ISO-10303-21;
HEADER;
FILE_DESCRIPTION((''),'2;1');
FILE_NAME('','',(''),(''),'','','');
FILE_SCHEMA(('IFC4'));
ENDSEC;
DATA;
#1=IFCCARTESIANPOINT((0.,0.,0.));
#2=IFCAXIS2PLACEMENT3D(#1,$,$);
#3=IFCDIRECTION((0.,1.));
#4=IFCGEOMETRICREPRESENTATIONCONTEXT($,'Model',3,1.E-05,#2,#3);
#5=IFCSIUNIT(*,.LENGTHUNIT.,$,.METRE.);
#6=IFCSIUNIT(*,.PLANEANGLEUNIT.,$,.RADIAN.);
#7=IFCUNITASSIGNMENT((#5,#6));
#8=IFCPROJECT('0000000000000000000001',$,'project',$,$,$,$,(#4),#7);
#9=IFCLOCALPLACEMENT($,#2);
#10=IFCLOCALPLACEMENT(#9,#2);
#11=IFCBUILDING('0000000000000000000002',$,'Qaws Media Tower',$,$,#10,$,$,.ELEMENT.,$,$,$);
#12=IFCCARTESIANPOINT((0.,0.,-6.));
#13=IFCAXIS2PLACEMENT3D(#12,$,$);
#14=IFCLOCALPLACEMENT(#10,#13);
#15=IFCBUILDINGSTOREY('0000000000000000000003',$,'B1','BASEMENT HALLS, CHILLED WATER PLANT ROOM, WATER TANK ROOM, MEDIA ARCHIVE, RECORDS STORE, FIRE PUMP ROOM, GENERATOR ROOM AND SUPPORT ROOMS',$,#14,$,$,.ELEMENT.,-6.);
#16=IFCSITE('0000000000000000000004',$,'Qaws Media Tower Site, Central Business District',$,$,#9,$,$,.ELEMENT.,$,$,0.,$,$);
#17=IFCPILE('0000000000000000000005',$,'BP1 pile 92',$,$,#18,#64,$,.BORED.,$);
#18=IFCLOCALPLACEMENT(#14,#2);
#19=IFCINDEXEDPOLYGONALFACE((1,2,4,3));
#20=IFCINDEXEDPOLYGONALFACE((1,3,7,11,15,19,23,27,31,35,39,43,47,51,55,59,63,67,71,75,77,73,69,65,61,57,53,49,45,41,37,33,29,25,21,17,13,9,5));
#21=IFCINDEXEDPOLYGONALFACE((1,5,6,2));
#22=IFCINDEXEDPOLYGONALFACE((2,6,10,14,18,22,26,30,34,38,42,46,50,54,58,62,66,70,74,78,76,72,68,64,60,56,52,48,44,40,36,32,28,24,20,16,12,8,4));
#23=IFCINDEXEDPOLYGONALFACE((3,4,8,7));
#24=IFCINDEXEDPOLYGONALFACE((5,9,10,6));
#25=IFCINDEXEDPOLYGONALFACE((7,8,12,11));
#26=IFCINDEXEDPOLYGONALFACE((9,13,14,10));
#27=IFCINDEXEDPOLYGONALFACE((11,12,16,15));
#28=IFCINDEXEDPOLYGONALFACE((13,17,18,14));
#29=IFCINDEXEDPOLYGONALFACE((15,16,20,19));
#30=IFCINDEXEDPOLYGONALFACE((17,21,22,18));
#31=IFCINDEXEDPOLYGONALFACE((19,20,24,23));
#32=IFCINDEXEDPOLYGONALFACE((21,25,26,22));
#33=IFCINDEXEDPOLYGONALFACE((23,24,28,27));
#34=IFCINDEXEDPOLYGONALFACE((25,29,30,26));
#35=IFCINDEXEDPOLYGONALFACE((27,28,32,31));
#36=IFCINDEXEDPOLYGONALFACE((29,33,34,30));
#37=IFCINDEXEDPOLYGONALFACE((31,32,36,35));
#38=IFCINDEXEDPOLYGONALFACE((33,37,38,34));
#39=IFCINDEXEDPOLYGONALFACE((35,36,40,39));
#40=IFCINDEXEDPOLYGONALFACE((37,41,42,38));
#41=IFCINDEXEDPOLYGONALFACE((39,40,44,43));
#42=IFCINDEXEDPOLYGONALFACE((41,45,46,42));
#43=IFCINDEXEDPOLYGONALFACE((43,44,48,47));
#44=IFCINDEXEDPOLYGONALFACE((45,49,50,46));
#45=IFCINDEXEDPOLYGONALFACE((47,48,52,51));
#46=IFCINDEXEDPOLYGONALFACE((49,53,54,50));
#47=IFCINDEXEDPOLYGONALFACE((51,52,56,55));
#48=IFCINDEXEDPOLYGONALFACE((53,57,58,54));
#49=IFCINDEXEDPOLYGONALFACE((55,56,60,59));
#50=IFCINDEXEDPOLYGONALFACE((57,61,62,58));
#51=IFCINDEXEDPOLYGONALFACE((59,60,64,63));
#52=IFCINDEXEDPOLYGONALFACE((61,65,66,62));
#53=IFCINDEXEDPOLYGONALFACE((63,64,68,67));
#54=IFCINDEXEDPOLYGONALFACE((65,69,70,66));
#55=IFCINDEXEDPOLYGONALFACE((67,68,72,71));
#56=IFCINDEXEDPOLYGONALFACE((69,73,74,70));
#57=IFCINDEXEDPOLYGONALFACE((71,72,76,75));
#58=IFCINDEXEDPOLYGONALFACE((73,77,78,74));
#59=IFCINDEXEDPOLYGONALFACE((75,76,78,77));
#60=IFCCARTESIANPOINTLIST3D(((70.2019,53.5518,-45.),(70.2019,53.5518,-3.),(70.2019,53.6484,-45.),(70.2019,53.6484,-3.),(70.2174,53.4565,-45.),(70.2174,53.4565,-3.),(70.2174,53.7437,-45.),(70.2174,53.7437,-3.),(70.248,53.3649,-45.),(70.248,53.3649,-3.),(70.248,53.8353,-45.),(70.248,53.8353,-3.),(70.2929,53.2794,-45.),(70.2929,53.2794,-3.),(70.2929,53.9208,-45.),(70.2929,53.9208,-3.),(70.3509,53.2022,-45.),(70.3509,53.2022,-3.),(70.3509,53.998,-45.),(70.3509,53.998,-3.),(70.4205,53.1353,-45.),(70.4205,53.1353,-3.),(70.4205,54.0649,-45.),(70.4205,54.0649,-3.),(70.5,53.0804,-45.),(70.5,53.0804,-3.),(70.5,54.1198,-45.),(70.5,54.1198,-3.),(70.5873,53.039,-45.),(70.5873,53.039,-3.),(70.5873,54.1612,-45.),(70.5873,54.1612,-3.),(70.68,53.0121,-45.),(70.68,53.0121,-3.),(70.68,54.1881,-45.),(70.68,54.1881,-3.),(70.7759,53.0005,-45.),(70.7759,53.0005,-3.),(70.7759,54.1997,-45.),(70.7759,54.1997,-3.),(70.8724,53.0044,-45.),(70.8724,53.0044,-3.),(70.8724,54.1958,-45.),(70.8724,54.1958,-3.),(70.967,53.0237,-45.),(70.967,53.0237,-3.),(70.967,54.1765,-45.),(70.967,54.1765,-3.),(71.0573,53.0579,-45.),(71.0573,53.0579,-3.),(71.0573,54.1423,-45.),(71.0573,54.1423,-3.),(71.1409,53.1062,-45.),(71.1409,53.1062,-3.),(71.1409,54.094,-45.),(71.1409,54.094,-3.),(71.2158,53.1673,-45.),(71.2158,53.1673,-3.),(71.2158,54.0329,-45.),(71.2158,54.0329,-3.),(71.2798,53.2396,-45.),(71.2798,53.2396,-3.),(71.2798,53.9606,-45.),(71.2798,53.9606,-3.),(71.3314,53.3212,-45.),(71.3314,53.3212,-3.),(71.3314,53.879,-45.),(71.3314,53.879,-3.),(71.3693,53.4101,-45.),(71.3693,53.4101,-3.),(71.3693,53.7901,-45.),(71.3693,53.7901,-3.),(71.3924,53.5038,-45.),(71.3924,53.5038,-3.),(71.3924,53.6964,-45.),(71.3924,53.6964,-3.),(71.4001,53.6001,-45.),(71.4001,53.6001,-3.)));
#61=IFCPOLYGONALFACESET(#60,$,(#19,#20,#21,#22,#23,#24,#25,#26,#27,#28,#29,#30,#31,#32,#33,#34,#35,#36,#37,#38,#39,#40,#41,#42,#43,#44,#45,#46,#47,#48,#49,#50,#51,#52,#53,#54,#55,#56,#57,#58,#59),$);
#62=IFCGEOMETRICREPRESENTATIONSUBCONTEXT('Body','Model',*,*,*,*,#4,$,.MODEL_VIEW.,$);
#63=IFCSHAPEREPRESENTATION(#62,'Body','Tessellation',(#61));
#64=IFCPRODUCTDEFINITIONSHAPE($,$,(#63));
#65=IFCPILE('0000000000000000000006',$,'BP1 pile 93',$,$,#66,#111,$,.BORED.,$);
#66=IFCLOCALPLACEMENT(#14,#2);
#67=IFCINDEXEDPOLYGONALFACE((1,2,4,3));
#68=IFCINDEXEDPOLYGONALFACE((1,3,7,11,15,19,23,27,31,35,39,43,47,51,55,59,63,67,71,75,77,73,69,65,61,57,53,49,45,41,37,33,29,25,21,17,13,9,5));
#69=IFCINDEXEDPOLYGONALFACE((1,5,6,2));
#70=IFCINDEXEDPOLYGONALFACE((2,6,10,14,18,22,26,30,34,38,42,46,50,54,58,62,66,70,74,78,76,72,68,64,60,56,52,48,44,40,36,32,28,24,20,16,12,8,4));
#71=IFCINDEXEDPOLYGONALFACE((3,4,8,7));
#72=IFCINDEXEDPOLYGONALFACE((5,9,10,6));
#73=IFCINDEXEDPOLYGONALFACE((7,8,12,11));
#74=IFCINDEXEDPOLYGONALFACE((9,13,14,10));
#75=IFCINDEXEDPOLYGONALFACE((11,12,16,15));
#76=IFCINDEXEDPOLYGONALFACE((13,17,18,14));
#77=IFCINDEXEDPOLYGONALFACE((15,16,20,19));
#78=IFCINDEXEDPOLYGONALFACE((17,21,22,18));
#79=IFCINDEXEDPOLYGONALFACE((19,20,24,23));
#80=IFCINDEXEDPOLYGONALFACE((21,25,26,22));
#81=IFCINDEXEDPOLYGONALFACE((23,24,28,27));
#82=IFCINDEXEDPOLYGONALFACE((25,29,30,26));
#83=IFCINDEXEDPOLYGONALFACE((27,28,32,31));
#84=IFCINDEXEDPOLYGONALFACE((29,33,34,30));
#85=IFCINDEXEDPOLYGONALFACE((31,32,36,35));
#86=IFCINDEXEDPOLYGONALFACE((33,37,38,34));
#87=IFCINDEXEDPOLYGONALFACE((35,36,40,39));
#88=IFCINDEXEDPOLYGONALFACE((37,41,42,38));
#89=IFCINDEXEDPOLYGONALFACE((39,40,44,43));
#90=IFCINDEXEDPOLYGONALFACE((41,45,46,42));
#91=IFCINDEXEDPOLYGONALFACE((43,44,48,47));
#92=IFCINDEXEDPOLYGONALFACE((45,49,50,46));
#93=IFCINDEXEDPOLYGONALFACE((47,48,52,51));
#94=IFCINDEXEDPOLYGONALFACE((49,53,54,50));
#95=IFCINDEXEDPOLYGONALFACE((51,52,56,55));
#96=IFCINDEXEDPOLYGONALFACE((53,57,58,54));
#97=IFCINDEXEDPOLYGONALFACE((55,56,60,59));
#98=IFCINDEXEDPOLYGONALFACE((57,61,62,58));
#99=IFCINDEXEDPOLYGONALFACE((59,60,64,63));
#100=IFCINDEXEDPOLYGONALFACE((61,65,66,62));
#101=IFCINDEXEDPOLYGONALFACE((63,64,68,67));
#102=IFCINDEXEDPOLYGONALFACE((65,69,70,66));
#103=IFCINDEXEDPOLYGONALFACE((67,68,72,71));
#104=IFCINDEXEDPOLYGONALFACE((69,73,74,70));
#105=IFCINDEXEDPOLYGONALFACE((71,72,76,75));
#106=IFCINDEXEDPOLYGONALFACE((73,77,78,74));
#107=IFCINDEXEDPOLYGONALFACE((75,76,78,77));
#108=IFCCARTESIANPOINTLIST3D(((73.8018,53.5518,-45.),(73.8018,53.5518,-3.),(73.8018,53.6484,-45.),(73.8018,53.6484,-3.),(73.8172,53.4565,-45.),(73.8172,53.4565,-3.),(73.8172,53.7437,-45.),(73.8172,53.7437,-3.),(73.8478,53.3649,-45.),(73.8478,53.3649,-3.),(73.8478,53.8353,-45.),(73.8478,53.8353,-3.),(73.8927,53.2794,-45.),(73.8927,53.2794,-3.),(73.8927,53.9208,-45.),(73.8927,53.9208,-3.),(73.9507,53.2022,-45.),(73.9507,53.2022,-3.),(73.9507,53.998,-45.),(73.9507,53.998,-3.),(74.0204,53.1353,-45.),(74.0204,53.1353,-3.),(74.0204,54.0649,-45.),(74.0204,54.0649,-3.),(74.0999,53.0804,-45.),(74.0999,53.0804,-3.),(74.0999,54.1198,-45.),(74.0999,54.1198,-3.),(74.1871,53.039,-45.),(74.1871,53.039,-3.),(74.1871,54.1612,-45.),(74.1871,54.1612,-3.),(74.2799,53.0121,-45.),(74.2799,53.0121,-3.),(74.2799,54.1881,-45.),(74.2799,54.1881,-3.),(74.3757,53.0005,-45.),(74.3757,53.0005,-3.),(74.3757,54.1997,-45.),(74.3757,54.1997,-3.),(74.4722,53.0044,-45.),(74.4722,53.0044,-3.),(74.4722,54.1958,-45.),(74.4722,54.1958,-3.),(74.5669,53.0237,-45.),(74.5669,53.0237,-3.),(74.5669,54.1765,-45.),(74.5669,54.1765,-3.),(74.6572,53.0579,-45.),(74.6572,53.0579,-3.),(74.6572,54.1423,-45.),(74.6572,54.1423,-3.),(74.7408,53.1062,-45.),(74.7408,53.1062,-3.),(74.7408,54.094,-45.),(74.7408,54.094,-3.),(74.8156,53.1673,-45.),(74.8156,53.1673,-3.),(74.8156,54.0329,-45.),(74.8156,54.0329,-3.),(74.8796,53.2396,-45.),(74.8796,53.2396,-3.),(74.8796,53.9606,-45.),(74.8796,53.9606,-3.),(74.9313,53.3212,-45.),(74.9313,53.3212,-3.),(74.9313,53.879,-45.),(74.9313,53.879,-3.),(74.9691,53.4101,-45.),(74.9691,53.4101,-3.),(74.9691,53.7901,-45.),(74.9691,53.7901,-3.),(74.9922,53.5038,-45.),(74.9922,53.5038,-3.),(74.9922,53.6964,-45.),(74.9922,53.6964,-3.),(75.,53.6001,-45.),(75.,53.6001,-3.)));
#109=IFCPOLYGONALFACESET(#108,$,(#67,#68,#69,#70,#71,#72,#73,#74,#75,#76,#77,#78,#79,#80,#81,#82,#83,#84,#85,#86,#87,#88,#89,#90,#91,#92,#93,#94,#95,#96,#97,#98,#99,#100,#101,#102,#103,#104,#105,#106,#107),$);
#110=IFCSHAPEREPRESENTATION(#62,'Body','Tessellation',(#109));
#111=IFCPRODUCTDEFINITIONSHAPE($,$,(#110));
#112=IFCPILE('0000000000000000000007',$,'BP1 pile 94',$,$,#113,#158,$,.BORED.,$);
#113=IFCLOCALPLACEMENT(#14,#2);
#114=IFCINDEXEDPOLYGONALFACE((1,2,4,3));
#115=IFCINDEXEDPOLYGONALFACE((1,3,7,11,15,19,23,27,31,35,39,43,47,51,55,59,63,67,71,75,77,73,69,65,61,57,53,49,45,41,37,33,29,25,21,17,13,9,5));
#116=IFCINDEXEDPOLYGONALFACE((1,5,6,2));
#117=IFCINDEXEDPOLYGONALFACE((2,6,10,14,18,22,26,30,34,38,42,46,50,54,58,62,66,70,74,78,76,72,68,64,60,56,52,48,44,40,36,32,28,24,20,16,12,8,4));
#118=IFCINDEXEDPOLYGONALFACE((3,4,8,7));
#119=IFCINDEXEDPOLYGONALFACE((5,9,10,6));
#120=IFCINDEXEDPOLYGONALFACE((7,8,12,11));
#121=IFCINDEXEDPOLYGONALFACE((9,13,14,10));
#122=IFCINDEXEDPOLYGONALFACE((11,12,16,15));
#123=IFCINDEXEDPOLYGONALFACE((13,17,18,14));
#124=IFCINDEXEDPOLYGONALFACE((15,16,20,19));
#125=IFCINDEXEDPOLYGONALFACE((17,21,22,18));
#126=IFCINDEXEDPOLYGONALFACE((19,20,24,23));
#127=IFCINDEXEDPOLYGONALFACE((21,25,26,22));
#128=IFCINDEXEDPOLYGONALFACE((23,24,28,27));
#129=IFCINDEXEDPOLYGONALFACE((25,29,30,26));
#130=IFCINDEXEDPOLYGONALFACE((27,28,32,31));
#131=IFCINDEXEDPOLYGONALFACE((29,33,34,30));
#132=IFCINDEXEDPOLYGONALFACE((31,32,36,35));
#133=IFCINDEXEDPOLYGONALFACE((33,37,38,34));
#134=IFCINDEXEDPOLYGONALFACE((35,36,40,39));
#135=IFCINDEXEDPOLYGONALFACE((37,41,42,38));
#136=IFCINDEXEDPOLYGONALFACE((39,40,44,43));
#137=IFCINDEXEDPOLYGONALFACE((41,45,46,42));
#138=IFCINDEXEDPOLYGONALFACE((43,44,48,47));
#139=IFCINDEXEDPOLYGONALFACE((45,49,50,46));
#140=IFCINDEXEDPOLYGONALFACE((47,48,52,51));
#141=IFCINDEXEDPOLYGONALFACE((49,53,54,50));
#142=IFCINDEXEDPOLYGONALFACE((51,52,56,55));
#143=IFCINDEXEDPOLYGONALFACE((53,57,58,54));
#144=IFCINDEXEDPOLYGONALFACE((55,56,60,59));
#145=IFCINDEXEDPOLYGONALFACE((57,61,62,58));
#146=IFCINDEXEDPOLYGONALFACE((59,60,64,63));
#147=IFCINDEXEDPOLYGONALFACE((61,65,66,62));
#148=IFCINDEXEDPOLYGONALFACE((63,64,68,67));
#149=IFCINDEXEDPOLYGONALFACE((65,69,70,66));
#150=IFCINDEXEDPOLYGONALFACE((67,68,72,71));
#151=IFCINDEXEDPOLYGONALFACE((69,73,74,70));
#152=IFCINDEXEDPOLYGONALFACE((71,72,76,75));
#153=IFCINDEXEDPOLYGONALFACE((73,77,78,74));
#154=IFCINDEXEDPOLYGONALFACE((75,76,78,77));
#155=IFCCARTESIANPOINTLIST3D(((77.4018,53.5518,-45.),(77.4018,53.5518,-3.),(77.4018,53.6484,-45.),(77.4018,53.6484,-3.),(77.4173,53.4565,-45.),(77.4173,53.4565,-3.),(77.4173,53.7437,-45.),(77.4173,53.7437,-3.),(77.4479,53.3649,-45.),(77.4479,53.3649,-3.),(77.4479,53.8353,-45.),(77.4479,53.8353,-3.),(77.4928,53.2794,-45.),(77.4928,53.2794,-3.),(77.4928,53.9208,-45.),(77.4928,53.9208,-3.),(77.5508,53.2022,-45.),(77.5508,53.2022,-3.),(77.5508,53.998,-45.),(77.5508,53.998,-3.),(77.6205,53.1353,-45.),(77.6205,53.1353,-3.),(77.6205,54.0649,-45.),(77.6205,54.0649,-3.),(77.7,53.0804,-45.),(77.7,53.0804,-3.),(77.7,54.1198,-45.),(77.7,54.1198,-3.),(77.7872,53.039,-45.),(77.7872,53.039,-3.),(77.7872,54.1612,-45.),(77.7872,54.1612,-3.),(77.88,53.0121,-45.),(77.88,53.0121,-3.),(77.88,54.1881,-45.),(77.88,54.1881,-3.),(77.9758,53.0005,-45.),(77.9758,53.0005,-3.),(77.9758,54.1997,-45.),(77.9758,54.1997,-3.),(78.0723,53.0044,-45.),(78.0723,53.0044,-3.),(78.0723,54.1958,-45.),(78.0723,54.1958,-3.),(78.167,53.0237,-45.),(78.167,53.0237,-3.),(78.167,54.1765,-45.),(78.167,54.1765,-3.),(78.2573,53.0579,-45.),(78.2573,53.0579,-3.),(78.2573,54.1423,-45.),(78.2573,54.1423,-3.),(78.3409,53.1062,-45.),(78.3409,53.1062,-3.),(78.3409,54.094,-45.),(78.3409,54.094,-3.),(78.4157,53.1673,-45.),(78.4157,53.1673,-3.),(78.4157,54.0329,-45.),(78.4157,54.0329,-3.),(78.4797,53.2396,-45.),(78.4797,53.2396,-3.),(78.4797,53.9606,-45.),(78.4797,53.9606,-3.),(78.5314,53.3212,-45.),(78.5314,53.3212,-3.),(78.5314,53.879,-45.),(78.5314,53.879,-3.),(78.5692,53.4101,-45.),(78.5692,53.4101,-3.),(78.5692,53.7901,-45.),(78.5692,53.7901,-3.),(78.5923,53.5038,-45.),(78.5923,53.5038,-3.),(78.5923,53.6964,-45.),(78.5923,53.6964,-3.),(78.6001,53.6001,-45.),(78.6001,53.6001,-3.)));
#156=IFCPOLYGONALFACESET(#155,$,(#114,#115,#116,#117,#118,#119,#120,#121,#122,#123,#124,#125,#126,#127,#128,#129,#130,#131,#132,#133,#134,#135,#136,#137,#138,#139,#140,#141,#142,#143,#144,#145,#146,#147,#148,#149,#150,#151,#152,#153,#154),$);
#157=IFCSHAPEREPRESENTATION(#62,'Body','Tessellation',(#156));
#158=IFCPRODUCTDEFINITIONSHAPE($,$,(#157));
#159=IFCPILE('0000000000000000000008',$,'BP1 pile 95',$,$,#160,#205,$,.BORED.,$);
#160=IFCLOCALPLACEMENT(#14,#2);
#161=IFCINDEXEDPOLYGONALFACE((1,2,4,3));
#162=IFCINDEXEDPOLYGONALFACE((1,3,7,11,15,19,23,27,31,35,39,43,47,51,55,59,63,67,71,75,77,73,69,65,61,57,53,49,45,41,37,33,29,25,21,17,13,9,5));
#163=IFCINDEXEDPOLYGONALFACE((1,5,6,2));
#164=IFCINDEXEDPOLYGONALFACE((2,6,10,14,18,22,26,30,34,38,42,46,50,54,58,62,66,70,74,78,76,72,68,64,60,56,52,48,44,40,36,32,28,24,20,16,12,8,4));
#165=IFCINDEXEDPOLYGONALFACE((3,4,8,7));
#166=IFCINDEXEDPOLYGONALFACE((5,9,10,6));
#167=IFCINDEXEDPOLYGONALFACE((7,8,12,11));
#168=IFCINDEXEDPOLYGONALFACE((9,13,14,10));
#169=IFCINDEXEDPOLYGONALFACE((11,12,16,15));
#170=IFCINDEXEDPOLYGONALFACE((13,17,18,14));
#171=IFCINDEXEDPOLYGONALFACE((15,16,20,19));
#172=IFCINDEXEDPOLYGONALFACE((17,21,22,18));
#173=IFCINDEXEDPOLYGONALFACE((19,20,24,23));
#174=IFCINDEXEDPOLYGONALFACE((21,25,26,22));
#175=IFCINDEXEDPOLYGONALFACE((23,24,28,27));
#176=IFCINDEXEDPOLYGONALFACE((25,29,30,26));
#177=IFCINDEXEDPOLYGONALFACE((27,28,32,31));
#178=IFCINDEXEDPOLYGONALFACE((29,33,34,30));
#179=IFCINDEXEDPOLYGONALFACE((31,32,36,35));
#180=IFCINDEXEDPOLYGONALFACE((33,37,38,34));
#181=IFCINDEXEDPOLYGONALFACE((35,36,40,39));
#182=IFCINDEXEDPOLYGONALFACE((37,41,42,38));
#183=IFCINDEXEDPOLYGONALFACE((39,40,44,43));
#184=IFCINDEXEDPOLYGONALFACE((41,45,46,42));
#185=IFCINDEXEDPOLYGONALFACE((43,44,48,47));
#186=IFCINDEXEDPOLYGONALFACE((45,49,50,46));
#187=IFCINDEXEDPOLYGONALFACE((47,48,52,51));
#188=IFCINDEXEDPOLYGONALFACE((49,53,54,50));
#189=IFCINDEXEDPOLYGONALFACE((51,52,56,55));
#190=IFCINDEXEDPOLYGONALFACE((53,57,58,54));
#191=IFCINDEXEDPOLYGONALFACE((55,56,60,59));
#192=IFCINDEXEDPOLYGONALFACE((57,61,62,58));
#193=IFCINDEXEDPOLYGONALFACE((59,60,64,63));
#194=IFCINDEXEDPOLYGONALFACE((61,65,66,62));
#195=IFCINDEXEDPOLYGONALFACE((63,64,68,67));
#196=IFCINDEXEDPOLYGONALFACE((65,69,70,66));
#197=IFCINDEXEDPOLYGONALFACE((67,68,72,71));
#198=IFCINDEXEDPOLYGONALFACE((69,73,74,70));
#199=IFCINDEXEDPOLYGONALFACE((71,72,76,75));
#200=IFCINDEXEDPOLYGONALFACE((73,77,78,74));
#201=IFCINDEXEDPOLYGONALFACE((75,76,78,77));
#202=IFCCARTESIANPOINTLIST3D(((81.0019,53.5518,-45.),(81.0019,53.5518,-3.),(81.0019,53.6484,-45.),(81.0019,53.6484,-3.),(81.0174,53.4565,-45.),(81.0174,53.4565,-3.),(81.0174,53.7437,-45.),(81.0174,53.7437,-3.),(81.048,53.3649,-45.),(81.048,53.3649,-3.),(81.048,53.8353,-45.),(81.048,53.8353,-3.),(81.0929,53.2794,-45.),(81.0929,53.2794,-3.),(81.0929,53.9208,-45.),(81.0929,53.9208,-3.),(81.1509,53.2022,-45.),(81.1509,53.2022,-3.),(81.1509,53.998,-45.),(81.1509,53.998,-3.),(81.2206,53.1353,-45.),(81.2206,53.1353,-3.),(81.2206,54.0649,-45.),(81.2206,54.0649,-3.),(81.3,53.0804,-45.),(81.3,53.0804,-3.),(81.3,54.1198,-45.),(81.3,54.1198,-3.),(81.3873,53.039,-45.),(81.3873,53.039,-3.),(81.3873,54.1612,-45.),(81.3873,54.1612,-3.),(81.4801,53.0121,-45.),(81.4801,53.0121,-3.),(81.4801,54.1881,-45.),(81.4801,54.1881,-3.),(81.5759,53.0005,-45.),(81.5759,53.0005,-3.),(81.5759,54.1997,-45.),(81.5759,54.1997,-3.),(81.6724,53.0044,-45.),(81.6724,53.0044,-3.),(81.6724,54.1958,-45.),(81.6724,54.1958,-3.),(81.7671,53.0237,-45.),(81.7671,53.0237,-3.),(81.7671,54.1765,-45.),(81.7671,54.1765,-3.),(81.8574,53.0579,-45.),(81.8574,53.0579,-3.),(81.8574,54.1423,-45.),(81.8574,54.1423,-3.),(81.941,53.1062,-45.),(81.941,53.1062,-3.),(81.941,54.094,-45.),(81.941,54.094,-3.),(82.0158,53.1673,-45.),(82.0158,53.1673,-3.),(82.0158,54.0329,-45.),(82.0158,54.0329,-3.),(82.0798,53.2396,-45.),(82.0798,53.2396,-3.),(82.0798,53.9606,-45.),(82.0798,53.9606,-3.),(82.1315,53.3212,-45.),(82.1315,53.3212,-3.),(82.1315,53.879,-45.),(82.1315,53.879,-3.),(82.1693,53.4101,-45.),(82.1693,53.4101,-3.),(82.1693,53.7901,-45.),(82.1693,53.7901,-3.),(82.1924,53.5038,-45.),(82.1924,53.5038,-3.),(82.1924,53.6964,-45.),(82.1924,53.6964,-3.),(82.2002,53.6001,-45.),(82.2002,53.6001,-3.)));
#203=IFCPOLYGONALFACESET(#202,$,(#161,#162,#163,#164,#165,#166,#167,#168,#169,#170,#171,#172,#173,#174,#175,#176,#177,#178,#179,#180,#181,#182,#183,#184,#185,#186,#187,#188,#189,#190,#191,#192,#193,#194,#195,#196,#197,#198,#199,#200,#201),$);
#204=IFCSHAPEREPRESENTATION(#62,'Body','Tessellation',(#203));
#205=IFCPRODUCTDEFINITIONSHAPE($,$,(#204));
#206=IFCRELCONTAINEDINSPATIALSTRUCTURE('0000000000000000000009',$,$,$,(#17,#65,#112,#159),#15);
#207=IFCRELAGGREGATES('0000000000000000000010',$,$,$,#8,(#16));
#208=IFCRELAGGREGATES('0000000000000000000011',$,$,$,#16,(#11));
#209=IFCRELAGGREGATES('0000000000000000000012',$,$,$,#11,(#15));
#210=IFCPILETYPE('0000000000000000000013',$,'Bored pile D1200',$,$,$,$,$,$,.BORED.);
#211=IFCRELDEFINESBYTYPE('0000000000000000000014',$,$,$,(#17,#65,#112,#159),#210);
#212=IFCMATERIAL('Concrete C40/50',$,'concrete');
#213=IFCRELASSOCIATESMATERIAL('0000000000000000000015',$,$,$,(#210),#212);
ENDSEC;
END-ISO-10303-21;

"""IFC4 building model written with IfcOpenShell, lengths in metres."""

from ifc_helpers import new_model, si_unit, direction, frame, origin, origin_2d, place, context, subcontext, project, spatial, circle, extrude, material, material_profile, profile_set, type_object, element, save


model = new_model("IFC4")

# Units and contexts
model_context = context("Model", 3, precision=1e-05, world=origin(), true_north=direction((0.0, 1.0)))
body_context = subcontext(model_context, "Body", "Model", "MODEL_VIEW")
ifc_project = project(units=[si_unit("LENGTHUNIT", "METRE"), si_unit("PLANEANGLEUNIT", "RADIAN")], contexts=[model_context])

# Site, building, storey
site_placement = place(None, origin())
site = spatial("IfcSite", under=ifc_project, at=site_placement, Name="Qaws Media Tower Site, Central Business District", CompositionType="ELEMENT", RefElevation=0.0)
building_placement = place(site_placement, origin())
building = spatial("IfcBuilding", under=site, at=building_placement, Name="Qaws Media Tower", CompositionType="ELEMENT")
storey_placement = place(building_placement, frame((0.0, 0.0, -6.0)))
storey = spatial("IfcBuildingStorey", under=building, at=storey_placement, Name="B1", Description="BASEMENT HALLS, CHILLED WATER PLANT ROOM, WATER TANK ROOM, MEDIA ARCHIVE, RECORDS STORE, FIRE PUMP ROOM, GENERATOR ROOM AND SUPPORT ROOMS", CompositionType="ELEMENT", Elevation=-6.0)

# Piles
ifc_material_1 = material(Name="Concrete C40/50", Category="concrete")
ifc_material_profile_1 = material_profile(ifc_material_1, circle(Radius=0.6001, at=origin_2d()), Name="D1200")
ifc_profile_set_1 = profile_set([ifc_material_profile_1], Name="Concrete C40/50")
pile_type = type_object("IfcPileType", Name="Bored pile D1200", PredefinedType="BORED", material=ifc_profile_set_1)
for number, where, z_axis, x_axis, name in (
    (1, (70.8, 53.6001, -3.0), (0.0, 0.0, -1.0), (1.0, 0.0, 0.0), "BP1 pile 92"),
    (2, (74.3999, 53.6001, -3.0), (0.0, 0.0, -1.0), (1.0, 0.0, 0.0), "BP1 pile 93"),
    (3, (78.0, 53.6001, -3.0), (0.0, 0.0, -1.0), (1.0, 0.0, 0.0), "BP1 pile 94"),
    (4, (81.6001, 53.6001, -3.0), (0.0, 0.0, -1.0), (1.0, 0.0, 0.0), "BP1 pile 95"),
):
    element("IfcPile", number, at=place(storey_placement, frame(where, z_axis=z_axis, x_axis=x_axis)), inside=storey, type_object=pile_type, Name=name, PredefinedType="BORED", context=body_context, shape_type="SweptSolid", body=[
        extrude(circle(Radius=0.6001, at=origin_2d()), origin(), (0.0, 0.0, 1.0), 42.0),
    ])

save(model, "model.ifc")
